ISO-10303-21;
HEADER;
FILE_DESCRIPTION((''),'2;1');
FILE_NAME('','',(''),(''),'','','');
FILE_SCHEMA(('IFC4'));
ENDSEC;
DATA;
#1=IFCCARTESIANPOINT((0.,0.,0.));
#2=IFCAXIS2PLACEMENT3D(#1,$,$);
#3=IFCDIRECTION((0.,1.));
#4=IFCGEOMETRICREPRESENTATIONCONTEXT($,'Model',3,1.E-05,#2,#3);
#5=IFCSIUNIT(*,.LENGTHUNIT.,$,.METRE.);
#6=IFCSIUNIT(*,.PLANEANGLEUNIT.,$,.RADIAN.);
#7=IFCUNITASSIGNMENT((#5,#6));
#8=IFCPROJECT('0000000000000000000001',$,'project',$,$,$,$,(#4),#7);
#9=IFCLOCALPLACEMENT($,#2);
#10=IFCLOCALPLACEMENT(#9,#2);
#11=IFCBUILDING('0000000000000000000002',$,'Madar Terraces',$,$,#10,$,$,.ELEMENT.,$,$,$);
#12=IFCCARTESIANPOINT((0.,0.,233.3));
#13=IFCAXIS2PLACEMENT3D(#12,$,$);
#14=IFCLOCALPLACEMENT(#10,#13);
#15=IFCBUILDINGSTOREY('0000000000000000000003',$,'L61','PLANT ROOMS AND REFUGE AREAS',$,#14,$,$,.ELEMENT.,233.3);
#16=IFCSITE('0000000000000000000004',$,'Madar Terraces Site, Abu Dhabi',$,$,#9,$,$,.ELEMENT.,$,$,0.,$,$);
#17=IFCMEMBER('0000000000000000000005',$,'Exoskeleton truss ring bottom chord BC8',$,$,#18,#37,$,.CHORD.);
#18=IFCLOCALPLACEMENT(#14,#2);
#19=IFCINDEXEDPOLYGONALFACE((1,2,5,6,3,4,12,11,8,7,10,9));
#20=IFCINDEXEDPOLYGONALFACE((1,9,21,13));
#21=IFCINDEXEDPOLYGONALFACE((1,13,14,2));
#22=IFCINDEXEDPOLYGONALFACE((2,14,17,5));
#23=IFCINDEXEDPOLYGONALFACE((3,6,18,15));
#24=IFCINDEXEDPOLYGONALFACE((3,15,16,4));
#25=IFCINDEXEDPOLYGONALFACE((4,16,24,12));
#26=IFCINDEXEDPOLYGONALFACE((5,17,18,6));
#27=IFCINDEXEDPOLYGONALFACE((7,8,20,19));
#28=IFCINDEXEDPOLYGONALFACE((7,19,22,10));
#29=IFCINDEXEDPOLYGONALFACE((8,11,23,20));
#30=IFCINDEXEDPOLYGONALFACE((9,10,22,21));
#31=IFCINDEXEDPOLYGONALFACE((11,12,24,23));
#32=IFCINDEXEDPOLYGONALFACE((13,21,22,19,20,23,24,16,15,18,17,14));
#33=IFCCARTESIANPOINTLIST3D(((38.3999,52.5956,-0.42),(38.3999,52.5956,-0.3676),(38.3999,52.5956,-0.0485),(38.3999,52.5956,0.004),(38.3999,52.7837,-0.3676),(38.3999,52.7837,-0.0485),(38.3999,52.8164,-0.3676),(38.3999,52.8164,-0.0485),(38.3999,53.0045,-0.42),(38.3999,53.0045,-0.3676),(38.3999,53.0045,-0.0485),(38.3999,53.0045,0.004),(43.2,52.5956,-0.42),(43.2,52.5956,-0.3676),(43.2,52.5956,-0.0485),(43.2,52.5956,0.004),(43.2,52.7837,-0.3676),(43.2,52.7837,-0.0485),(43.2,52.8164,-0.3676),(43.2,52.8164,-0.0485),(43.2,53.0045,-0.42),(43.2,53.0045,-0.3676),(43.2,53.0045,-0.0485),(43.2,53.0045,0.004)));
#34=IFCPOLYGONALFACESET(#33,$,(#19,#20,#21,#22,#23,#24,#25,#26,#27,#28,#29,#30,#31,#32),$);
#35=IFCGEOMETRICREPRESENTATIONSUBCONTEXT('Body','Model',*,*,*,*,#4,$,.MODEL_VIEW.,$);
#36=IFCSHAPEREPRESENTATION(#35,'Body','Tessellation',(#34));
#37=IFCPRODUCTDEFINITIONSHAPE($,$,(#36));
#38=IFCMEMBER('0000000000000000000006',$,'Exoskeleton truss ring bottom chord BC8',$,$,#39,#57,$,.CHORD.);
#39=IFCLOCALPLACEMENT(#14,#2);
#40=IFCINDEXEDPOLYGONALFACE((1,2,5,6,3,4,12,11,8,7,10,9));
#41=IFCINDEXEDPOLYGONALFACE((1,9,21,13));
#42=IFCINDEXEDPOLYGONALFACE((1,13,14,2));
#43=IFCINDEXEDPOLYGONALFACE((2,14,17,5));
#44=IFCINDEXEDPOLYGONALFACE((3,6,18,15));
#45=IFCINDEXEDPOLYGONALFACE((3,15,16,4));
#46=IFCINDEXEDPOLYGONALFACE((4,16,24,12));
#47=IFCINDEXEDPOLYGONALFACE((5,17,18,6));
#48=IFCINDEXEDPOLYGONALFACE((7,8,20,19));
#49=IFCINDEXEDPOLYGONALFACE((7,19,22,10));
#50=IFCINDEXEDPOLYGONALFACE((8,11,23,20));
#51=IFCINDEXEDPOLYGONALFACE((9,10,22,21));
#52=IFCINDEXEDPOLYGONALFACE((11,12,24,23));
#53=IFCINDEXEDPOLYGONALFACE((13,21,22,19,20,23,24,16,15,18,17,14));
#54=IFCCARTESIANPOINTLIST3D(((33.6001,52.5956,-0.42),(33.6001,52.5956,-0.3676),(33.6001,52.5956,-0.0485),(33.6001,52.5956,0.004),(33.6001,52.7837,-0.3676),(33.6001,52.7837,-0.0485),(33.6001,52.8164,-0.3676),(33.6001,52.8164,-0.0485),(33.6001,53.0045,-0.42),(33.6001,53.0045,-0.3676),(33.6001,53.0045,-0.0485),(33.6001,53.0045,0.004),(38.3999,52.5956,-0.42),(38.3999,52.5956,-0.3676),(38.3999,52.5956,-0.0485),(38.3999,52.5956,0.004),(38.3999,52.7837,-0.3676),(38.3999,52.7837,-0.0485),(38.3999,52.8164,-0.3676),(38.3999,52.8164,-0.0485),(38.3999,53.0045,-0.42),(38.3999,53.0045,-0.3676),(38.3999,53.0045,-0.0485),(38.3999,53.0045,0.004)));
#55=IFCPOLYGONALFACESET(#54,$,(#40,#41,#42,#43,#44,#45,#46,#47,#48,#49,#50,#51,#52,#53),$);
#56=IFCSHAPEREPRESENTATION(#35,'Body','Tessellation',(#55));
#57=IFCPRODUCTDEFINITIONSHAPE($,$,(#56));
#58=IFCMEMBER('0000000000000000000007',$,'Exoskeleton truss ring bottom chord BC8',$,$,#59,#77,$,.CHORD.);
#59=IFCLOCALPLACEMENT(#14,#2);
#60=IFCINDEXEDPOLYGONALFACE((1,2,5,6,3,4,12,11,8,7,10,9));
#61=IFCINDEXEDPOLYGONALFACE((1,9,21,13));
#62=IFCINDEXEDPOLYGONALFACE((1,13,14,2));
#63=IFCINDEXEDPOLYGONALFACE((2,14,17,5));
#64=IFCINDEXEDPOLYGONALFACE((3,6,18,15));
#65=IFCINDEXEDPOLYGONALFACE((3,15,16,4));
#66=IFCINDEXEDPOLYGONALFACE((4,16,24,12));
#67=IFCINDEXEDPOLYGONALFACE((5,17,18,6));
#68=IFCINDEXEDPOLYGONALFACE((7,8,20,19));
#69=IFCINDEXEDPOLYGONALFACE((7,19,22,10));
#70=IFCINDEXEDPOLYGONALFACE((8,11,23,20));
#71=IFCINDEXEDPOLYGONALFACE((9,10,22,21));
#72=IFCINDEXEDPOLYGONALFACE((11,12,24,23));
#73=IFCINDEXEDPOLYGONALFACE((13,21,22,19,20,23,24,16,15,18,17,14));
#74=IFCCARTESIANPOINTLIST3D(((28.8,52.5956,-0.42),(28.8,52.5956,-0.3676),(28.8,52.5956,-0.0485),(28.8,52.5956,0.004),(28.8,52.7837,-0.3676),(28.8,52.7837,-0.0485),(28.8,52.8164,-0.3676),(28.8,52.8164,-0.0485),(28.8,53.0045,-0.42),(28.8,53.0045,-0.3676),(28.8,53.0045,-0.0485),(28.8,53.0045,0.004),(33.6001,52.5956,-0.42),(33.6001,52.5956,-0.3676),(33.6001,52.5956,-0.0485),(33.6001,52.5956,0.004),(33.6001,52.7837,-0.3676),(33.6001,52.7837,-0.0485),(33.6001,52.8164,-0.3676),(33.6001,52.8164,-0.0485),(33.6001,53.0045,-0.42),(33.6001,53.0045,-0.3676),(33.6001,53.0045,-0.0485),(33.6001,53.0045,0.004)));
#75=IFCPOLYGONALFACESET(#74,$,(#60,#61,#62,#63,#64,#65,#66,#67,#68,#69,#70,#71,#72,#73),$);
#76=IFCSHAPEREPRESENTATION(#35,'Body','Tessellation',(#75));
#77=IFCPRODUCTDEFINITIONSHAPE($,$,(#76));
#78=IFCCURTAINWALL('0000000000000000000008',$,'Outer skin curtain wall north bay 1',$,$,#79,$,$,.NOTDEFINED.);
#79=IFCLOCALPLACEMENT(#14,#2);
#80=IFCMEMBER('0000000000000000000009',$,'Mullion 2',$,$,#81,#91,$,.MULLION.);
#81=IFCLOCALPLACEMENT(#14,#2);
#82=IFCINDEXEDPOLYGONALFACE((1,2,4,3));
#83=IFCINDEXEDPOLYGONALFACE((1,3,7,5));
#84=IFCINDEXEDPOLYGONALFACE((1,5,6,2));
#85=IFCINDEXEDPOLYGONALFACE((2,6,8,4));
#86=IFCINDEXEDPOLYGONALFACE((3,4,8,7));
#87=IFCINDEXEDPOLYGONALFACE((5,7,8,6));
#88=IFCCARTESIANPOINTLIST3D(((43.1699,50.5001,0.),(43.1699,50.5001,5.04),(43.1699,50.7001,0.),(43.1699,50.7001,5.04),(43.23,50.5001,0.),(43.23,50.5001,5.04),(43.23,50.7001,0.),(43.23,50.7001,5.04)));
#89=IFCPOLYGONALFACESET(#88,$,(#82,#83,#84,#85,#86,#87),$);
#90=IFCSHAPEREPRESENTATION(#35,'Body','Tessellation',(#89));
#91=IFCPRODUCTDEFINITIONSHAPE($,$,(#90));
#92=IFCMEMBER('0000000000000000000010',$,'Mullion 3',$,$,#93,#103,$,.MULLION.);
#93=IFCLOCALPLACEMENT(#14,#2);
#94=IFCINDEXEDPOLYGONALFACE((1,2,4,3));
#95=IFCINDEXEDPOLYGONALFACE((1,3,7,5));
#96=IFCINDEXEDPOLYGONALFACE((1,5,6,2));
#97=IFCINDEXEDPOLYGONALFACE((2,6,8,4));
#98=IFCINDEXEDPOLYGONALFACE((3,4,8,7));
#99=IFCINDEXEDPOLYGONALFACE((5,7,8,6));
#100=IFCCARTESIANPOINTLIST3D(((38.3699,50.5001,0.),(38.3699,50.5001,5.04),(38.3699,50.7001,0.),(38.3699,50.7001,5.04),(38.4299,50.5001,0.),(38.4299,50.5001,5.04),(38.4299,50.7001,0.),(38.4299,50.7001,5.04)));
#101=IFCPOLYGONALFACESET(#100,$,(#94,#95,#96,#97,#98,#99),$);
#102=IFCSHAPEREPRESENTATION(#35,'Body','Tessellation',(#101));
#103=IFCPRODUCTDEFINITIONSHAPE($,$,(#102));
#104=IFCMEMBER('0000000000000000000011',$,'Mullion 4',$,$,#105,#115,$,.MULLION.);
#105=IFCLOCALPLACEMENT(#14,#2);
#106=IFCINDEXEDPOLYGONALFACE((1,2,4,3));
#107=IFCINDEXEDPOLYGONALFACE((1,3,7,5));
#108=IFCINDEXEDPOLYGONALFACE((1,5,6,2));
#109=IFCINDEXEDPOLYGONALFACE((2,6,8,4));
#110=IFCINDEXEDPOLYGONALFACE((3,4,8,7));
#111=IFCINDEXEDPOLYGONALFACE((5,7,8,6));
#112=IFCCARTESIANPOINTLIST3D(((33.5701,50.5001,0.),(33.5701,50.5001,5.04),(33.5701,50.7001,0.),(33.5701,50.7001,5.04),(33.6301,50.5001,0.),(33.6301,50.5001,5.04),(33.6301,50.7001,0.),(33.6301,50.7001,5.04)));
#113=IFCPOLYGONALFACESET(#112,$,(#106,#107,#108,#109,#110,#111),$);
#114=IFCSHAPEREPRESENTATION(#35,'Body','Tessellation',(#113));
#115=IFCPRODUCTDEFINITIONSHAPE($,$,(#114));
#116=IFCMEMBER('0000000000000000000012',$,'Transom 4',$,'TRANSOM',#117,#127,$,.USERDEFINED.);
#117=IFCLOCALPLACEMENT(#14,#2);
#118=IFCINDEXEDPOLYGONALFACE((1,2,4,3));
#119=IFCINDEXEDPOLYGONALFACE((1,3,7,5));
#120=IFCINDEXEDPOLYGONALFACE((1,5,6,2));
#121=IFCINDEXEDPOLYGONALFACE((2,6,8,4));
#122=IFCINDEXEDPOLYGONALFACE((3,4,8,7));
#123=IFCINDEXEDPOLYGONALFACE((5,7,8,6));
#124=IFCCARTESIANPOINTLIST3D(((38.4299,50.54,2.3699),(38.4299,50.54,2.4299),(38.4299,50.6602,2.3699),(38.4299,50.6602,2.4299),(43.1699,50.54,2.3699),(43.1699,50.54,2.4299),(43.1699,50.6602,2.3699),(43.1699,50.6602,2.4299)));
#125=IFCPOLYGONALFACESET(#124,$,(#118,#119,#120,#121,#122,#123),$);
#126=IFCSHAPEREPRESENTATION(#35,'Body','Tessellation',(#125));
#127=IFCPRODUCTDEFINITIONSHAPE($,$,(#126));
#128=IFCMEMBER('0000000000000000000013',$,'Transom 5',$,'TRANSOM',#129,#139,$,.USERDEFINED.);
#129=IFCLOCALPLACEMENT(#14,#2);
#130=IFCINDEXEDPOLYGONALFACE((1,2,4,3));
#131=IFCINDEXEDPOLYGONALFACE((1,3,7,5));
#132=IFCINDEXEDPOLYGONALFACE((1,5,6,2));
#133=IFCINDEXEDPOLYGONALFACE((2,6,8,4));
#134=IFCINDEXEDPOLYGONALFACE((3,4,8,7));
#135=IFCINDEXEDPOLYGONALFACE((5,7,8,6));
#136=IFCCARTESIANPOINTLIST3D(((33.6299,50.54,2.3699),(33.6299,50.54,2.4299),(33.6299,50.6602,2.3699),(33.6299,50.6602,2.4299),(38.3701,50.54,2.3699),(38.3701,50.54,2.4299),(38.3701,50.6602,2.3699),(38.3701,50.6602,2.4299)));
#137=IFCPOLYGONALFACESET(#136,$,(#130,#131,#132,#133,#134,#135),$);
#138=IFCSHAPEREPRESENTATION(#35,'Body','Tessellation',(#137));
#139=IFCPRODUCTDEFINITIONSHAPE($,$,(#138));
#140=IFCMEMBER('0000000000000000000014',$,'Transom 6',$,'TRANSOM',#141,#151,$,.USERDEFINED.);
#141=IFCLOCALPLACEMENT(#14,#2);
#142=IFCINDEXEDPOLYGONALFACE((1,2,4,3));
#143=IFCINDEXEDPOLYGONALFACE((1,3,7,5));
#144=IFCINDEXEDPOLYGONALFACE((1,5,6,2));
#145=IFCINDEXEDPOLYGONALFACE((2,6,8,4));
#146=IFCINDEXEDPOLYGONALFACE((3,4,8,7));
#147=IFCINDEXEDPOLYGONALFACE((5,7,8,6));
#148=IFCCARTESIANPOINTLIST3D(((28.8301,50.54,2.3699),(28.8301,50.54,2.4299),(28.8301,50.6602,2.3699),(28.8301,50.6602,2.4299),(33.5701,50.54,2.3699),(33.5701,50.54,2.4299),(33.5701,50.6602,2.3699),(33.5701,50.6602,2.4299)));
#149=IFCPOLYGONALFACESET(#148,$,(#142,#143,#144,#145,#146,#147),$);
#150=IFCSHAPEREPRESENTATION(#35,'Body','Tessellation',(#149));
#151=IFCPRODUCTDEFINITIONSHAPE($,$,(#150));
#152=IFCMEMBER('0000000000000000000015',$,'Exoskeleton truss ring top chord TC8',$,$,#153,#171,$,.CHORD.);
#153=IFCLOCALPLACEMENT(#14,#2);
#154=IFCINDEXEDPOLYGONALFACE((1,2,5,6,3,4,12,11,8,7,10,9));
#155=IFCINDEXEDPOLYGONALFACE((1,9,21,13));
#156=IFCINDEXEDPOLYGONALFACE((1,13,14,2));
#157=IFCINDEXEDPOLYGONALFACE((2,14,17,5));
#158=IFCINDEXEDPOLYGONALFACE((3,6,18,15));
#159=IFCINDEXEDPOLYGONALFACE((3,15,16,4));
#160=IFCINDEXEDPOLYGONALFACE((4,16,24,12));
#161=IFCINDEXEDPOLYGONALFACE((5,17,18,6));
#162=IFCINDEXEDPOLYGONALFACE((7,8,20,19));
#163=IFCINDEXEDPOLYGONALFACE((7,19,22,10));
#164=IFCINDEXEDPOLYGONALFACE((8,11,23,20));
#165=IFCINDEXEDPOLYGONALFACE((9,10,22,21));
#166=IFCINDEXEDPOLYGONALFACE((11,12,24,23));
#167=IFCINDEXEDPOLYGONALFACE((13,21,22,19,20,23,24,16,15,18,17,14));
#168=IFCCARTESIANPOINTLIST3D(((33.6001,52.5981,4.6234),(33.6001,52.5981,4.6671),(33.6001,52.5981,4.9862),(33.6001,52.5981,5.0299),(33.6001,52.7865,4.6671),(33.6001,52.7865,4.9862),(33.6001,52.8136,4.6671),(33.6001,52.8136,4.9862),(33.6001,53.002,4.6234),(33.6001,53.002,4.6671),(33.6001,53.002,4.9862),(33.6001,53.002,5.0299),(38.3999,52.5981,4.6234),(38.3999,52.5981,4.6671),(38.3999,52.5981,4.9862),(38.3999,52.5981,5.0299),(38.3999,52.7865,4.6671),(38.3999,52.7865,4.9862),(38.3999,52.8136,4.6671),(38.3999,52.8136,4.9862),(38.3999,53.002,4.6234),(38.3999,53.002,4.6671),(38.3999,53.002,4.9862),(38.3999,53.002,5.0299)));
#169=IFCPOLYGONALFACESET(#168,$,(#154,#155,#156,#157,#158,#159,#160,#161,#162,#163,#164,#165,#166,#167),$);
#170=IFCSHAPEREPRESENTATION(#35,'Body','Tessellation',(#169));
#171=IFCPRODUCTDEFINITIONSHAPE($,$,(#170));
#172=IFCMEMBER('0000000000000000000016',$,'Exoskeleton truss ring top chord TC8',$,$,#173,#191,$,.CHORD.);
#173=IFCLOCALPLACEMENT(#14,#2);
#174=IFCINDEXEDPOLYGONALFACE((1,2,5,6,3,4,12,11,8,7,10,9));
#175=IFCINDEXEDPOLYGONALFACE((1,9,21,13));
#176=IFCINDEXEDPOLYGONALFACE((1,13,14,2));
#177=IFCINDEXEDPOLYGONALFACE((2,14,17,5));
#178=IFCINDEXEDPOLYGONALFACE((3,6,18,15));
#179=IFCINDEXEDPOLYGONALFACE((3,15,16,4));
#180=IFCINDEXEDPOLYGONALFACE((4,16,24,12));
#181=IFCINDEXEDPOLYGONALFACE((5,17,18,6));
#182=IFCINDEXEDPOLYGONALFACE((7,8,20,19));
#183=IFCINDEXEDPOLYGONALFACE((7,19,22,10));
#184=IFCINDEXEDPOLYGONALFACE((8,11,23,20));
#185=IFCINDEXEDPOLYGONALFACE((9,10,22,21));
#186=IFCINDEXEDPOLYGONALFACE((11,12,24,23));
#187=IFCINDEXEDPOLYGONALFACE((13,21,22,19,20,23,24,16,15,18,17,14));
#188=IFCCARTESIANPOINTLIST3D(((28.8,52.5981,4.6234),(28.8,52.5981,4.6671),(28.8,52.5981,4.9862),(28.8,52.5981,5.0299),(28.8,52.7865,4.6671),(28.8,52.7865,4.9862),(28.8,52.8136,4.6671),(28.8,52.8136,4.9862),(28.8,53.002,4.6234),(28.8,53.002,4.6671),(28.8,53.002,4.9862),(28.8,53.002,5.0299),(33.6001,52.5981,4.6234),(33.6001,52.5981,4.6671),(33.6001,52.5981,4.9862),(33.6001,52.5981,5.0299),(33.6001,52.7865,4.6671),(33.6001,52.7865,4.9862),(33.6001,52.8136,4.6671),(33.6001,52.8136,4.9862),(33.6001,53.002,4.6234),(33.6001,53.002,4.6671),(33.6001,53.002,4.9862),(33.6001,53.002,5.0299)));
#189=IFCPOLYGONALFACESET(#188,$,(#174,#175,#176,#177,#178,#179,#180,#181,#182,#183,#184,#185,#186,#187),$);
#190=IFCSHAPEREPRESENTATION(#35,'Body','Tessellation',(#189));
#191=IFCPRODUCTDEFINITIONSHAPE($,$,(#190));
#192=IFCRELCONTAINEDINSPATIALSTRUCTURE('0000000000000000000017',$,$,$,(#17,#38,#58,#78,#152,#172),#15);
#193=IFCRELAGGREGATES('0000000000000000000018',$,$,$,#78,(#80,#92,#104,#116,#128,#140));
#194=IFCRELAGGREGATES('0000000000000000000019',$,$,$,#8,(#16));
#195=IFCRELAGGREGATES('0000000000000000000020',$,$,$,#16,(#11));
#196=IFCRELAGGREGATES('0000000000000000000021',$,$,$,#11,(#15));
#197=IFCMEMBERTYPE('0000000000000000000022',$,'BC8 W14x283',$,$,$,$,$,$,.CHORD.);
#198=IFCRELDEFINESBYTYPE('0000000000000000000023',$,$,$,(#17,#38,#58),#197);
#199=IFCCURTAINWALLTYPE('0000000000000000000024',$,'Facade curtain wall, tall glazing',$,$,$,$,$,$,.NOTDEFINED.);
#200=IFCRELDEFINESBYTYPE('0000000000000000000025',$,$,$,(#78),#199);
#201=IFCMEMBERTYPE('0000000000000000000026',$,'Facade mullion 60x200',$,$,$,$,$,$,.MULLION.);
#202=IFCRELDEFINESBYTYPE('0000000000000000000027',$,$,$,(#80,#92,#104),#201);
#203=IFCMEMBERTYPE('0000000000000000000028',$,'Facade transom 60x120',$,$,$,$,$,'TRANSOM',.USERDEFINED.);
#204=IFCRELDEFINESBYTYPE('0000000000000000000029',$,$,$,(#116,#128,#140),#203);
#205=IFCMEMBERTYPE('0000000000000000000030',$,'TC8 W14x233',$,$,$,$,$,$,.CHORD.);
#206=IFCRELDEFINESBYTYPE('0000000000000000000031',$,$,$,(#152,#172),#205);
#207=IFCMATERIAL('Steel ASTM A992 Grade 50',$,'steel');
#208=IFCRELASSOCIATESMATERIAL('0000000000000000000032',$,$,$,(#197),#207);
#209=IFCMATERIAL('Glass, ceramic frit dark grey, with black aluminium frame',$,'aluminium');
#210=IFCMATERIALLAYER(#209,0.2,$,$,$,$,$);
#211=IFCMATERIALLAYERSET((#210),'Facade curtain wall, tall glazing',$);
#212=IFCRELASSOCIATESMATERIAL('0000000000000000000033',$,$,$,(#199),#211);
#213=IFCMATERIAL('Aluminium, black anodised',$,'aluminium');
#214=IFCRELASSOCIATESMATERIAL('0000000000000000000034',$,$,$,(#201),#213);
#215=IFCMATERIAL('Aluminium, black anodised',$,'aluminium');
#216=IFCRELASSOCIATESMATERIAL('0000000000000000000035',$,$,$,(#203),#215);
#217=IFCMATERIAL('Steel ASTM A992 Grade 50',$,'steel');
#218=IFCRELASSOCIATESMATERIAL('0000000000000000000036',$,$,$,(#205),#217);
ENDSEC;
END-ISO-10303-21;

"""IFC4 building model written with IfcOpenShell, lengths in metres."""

from ifc_helpers import new_model, si_unit, direction, frame, origin, origin_2d, place, context, subcontext, project, spatial, rectangle, i_section, extrude, material, layer, layer_set, material_profile, profile_set, type_object, element, aggregate, save


model = new_model("IFC4")

# Units and contexts
model_context = context("Model", 3, precision=1e-05, world=origin(), true_north=direction((0.0, 1.0)))
body_context = subcontext(model_context, "Body", "Model", "MODEL_VIEW")
ifc_project = project(units=[si_unit("LENGTHUNIT", "METRE"), si_unit("PLANEANGLEUNIT", "RADIAN")], contexts=[model_context])

# Site, building, storey
site_placement = place(None, origin())
site = spatial("IfcSite", under=ifc_project, at=site_placement, Name="Madar Terraces Site, Abu Dhabi", CompositionType="ELEMENT", RefElevation=0.0)
building_placement = place(site_placement, origin())
building = spatial("IfcBuilding", under=site, at=building_placement, Name="Madar Terraces", CompositionType="ELEMENT")
storey_placement = place(building_placement, frame((0.0, 0.0, 233.3)))
storey = spatial("IfcBuildingStorey", under=building, at=storey_placement, Name="L61", Description="PLANT ROOMS AND REFUGE AREAS", CompositionType="ELEMENT", Elevation=233.3)

# Members
ifc_material_1 = material(Name="Steel ASTM A992 Grade 50", Category="steel")
ifc_material_profile_1 = material_profile(ifc_material_1, i_section(OverallWidth=0.4089, OverallDepth=0.4241, WebThickness=0.0327, FlangeThickness=0.0525, at=origin_2d()), Name="W14x283")
ifc_profile_set_1 = profile_set([ifc_material_profile_1], Name="Steel ASTM A992 Grade 50")
member_type_1 = type_object("IfcMemberType", Name="BC8 W14x283", PredefinedType="CHORD", material=ifc_profile_set_1)
member_1_placement = place(storey_placement, frame((43.2, 52.8, -0.208), z_axis=(-1.0, 0.0, 0.0), x_axis=(0.0, -1.0, 0.0)))
element("IfcMember", 1, at=member_1_placement, inside=storey, type_object=member_type_1, Name="Exoskeleton truss ring bottom chord BC8", PredefinedType="CHORD", context=body_context, shape_type="SweptSolid", body=[
    extrude(i_section(OverallWidth=0.4089, OverallDepth=0.4241, WebThickness=0.0327, FlangeThickness=0.0525, at=origin_2d()), origin(), (0.0, 0.0, 1.0), 4.8),
])
member_2_placement = place(storey_placement, frame((38.3999, 52.8, -0.208), z_axis=(-1.0, 0.0, 0.0), x_axis=(0.0, -1.0, 0.0)))
element("IfcMember", 2, at=member_2_placement, inside=storey, type_object=member_type_1, Name="Exoskeleton truss ring bottom chord BC8", PredefinedType="CHORD", context=body_context, shape_type="SweptSolid", body=[
    extrude(i_section(OverallWidth=0.4089, OverallDepth=0.4241, WebThickness=0.0327, FlangeThickness=0.0525, at=origin_2d()), origin(), (0.0, 0.0, 1.0), 4.7998),
])
member_3_placement = place(storey_placement, frame((33.6001, 52.8, -0.208), z_axis=(-1.0, 0.0, 0.0), x_axis=(0.0, -1.0, 0.0)))
element("IfcMember", 3, at=member_3_placement, inside=storey, type_object=member_type_1, Name="Exoskeleton truss ring bottom chord BC8", PredefinedType="CHORD", context=body_context, shape_type="SweptSolid", body=[
    extrude(i_section(OverallWidth=0.4089, OverallDepth=0.4241, WebThickness=0.0327, FlangeThickness=0.0525, at=origin_2d()), origin(), (0.0, 0.0, 1.0), 4.8),
])

# Curtain wall, members
ifc_material_2 = material(Name="Glass, ceramic frit dark grey, with black aluminium frame", Category="aluminium")
ifc_layer_1 = layer(ifc_material_2, 0.2)
ifc_layer_set_1 = layer_set([ifc_layer_1], Name="Facade curtain wall, tall glazing")
curtain_wall_type = type_object("IfcCurtainWallType", Name="Facade curtain wall, tall glazing", PredefinedType="NOTDEFINED", material=ifc_layer_set_1)
curtain_wall_placement = place(storey_placement, origin())
curtain_wall = element("IfcCurtainWall", 4, at=curtain_wall_placement, inside=storey, type_object=curtain_wall_type, Name="Outer skin curtain wall north bay 1", PredefinedType="NOTDEFINED")
ifc_material_3 = material(Name="Aluminium, black anodised", Category="aluminium")
ifc_material_profile_2 = material_profile(ifc_material_3, rectangle(XDim=0.2, YDim=0.0601, at=origin_2d()), Name="Facade mullion 60x200")
ifc_profile_set_2 = profile_set([ifc_material_profile_2], Name="Aluminium, black anodised")
member_type_2 = type_object("IfcMemberType", Name="Facade mullion 60x200", PredefinedType="MULLION", material=ifc_profile_set_2)
member_4_placement = place(storey_placement, frame((43.2, 50.6001, 0.0), z_axis=(0.0, 0.0, 1.0), x_axis=(0.0, -1.0, 0.0)))
member_4 = element("IfcMember", 5, at=member_4_placement, type_object=member_type_2, Name="Mullion 2", PredefinedType="MULLION", context=body_context, shape_type="SweptSolid", body=[
    extrude(rectangle(XDim=0.2, YDim=0.0601, at=origin_2d()), origin(), (0.0, 0.0, 1.0), 5.04),
])
member_5_placement = place(storey_placement, frame((38.3999, 50.6001, 0.0), z_axis=(0.0, 0.0, 1.0), x_axis=(0.0, -1.0, 0.0)))
member_5 = element("IfcMember", 6, at=member_5_placement, type_object=member_type_2, Name="Mullion 3", PredefinedType="MULLION", context=body_context, shape_type="SweptSolid", body=[
    extrude(rectangle(XDim=0.2, YDim=0.0601, at=origin_2d()), origin(), (0.0, 0.0, 1.0), 5.04),
])
member_6_placement = place(storey_placement, frame((33.6001, 50.6001, 0.0), z_axis=(0.0, 0.0, 1.0), x_axis=(0.0, -1.0, 0.0)))
member_6 = element("IfcMember", 7, at=member_6_placement, type_object=member_type_2, Name="Mullion 4", PredefinedType="MULLION", context=body_context, shape_type="SweptSolid", body=[
    extrude(rectangle(XDim=0.2, YDim=0.0601, at=origin_2d()), origin(), (0.0, 0.0, 1.0), 5.04),
])
ifc_material_4 = material(Name="Aluminium, black anodised", Category="aluminium")
ifc_material_profile_3 = material_profile(ifc_material_4, rectangle(XDim=0.1201, YDim=0.0601, at=origin_2d()), Name="Facade transom 60x120")
ifc_profile_set_3 = profile_set([ifc_material_profile_3], Name="Aluminium, black anodised")
member_type_3 = type_object("IfcMemberType", Name="Facade transom 60x120", ElementType="TRANSOM", PredefinedType="USERDEFINED", material=ifc_profile_set_3)
member_7_placement = place(storey_placement, frame((43.1699, 50.6001, 2.3999), z_axis=(-1.0, 0.0, 0.0), x_axis=(0.0, -1.0, 0.0)))
member_7 = element("IfcMember", 8, at=member_7_placement, type_object=member_type_3, Name="Transom 4", ObjectType="TRANSOM", PredefinedType="USERDEFINED", context=body_context, shape_type="SweptSolid", body=[
    extrude(rectangle(XDim=0.1201, YDim=0.0601, at=origin_2d()), origin(), (0.0, 0.0, 1.0), 4.74),
])
member_8_placement = place(storey_placement, frame((38.3701, 50.6001, 2.3999), z_axis=(-1.0, 0.0, 0.0), x_axis=(0.0, -1.0, 0.0)))
member_8 = element("IfcMember", 9, at=member_8_placement, type_object=member_type_3, Name="Transom 5", ObjectType="TRANSOM", PredefinedType="USERDEFINED", context=body_context, shape_type="SweptSolid", body=[
    extrude(rectangle(XDim=0.1201, YDim=0.0601, at=origin_2d()), origin(), (0.0, 0.0, 1.0), 4.7402),
])
member_9_placement = place(storey_placement, frame((33.5701, 50.6001, 2.3999), z_axis=(-1.0, 0.0, 0.0), x_axis=(0.0, -1.0, 0.0)))
member_9 = element("IfcMember", 10, at=member_9_placement, type_object=member_type_3, Name="Transom 6", ObjectType="TRANSOM", PredefinedType="USERDEFINED", context=body_context, shape_type="SweptSolid", body=[
    extrude(rectangle(XDim=0.1201, YDim=0.0601, at=origin_2d()), origin(), (0.0, 0.0, 1.0), 4.74),
])

# Members
ifc_material_5 = material(Name="Steel ASTM A992 Grade 50", Category="steel")
ifc_material_profile_4 = material_profile(ifc_material_5, i_section(OverallWidth=0.4038, OverallDepth=0.4065, WebThickness=0.0271, FlangeThickness=0.0437, at=origin_2d()), Name="W14x233")
ifc_profile_set_4 = profile_set([ifc_material_profile_4], Name="Steel ASTM A992 Grade 50")
member_type_4 = type_object("IfcMemberType", Name="TC8 W14x233", PredefinedType="CHORD", material=ifc_profile_set_4)
member_10_placement = place(storey_placement, frame((38.3999, 52.8, 4.8267), z_axis=(-1.0, 0.0, 0.0), x_axis=(0.0, -1.0, 0.0)))
element("IfcMember", 11, at=member_10_placement, inside=storey, type_object=member_type_4, Name="Exoskeleton truss ring top chord TC8", PredefinedType="CHORD", context=body_context, shape_type="SweptSolid", body=[
    extrude(i_section(OverallWidth=0.4038, OverallDepth=0.4065, WebThickness=0.0271, FlangeThickness=0.0437, at=origin_2d()), origin(), (0.0, 0.0, 1.0), 4.7998),
])
member_11_placement = place(storey_placement, frame((33.6001, 52.8, 4.8267), z_axis=(-1.0, 0.0, 0.0), x_axis=(0.0, -1.0, 0.0)))
element("IfcMember", 12, at=member_11_placement, inside=storey, type_object=member_type_4, Name="Exoskeleton truss ring top chord TC8", PredefinedType="CHORD", context=body_context, shape_type="SweptSolid", body=[
    extrude(i_section(OverallWidth=0.4038, OverallDepth=0.4065, WebThickness=0.0271, FlangeThickness=0.0437, at=origin_2d()), origin(), (0.0, 0.0, 1.0), 4.8),
])

aggregate(curtain_wall, [member_4, member_5, member_6, member_7, member_8, member_9])

save(model, "model.ifc")
